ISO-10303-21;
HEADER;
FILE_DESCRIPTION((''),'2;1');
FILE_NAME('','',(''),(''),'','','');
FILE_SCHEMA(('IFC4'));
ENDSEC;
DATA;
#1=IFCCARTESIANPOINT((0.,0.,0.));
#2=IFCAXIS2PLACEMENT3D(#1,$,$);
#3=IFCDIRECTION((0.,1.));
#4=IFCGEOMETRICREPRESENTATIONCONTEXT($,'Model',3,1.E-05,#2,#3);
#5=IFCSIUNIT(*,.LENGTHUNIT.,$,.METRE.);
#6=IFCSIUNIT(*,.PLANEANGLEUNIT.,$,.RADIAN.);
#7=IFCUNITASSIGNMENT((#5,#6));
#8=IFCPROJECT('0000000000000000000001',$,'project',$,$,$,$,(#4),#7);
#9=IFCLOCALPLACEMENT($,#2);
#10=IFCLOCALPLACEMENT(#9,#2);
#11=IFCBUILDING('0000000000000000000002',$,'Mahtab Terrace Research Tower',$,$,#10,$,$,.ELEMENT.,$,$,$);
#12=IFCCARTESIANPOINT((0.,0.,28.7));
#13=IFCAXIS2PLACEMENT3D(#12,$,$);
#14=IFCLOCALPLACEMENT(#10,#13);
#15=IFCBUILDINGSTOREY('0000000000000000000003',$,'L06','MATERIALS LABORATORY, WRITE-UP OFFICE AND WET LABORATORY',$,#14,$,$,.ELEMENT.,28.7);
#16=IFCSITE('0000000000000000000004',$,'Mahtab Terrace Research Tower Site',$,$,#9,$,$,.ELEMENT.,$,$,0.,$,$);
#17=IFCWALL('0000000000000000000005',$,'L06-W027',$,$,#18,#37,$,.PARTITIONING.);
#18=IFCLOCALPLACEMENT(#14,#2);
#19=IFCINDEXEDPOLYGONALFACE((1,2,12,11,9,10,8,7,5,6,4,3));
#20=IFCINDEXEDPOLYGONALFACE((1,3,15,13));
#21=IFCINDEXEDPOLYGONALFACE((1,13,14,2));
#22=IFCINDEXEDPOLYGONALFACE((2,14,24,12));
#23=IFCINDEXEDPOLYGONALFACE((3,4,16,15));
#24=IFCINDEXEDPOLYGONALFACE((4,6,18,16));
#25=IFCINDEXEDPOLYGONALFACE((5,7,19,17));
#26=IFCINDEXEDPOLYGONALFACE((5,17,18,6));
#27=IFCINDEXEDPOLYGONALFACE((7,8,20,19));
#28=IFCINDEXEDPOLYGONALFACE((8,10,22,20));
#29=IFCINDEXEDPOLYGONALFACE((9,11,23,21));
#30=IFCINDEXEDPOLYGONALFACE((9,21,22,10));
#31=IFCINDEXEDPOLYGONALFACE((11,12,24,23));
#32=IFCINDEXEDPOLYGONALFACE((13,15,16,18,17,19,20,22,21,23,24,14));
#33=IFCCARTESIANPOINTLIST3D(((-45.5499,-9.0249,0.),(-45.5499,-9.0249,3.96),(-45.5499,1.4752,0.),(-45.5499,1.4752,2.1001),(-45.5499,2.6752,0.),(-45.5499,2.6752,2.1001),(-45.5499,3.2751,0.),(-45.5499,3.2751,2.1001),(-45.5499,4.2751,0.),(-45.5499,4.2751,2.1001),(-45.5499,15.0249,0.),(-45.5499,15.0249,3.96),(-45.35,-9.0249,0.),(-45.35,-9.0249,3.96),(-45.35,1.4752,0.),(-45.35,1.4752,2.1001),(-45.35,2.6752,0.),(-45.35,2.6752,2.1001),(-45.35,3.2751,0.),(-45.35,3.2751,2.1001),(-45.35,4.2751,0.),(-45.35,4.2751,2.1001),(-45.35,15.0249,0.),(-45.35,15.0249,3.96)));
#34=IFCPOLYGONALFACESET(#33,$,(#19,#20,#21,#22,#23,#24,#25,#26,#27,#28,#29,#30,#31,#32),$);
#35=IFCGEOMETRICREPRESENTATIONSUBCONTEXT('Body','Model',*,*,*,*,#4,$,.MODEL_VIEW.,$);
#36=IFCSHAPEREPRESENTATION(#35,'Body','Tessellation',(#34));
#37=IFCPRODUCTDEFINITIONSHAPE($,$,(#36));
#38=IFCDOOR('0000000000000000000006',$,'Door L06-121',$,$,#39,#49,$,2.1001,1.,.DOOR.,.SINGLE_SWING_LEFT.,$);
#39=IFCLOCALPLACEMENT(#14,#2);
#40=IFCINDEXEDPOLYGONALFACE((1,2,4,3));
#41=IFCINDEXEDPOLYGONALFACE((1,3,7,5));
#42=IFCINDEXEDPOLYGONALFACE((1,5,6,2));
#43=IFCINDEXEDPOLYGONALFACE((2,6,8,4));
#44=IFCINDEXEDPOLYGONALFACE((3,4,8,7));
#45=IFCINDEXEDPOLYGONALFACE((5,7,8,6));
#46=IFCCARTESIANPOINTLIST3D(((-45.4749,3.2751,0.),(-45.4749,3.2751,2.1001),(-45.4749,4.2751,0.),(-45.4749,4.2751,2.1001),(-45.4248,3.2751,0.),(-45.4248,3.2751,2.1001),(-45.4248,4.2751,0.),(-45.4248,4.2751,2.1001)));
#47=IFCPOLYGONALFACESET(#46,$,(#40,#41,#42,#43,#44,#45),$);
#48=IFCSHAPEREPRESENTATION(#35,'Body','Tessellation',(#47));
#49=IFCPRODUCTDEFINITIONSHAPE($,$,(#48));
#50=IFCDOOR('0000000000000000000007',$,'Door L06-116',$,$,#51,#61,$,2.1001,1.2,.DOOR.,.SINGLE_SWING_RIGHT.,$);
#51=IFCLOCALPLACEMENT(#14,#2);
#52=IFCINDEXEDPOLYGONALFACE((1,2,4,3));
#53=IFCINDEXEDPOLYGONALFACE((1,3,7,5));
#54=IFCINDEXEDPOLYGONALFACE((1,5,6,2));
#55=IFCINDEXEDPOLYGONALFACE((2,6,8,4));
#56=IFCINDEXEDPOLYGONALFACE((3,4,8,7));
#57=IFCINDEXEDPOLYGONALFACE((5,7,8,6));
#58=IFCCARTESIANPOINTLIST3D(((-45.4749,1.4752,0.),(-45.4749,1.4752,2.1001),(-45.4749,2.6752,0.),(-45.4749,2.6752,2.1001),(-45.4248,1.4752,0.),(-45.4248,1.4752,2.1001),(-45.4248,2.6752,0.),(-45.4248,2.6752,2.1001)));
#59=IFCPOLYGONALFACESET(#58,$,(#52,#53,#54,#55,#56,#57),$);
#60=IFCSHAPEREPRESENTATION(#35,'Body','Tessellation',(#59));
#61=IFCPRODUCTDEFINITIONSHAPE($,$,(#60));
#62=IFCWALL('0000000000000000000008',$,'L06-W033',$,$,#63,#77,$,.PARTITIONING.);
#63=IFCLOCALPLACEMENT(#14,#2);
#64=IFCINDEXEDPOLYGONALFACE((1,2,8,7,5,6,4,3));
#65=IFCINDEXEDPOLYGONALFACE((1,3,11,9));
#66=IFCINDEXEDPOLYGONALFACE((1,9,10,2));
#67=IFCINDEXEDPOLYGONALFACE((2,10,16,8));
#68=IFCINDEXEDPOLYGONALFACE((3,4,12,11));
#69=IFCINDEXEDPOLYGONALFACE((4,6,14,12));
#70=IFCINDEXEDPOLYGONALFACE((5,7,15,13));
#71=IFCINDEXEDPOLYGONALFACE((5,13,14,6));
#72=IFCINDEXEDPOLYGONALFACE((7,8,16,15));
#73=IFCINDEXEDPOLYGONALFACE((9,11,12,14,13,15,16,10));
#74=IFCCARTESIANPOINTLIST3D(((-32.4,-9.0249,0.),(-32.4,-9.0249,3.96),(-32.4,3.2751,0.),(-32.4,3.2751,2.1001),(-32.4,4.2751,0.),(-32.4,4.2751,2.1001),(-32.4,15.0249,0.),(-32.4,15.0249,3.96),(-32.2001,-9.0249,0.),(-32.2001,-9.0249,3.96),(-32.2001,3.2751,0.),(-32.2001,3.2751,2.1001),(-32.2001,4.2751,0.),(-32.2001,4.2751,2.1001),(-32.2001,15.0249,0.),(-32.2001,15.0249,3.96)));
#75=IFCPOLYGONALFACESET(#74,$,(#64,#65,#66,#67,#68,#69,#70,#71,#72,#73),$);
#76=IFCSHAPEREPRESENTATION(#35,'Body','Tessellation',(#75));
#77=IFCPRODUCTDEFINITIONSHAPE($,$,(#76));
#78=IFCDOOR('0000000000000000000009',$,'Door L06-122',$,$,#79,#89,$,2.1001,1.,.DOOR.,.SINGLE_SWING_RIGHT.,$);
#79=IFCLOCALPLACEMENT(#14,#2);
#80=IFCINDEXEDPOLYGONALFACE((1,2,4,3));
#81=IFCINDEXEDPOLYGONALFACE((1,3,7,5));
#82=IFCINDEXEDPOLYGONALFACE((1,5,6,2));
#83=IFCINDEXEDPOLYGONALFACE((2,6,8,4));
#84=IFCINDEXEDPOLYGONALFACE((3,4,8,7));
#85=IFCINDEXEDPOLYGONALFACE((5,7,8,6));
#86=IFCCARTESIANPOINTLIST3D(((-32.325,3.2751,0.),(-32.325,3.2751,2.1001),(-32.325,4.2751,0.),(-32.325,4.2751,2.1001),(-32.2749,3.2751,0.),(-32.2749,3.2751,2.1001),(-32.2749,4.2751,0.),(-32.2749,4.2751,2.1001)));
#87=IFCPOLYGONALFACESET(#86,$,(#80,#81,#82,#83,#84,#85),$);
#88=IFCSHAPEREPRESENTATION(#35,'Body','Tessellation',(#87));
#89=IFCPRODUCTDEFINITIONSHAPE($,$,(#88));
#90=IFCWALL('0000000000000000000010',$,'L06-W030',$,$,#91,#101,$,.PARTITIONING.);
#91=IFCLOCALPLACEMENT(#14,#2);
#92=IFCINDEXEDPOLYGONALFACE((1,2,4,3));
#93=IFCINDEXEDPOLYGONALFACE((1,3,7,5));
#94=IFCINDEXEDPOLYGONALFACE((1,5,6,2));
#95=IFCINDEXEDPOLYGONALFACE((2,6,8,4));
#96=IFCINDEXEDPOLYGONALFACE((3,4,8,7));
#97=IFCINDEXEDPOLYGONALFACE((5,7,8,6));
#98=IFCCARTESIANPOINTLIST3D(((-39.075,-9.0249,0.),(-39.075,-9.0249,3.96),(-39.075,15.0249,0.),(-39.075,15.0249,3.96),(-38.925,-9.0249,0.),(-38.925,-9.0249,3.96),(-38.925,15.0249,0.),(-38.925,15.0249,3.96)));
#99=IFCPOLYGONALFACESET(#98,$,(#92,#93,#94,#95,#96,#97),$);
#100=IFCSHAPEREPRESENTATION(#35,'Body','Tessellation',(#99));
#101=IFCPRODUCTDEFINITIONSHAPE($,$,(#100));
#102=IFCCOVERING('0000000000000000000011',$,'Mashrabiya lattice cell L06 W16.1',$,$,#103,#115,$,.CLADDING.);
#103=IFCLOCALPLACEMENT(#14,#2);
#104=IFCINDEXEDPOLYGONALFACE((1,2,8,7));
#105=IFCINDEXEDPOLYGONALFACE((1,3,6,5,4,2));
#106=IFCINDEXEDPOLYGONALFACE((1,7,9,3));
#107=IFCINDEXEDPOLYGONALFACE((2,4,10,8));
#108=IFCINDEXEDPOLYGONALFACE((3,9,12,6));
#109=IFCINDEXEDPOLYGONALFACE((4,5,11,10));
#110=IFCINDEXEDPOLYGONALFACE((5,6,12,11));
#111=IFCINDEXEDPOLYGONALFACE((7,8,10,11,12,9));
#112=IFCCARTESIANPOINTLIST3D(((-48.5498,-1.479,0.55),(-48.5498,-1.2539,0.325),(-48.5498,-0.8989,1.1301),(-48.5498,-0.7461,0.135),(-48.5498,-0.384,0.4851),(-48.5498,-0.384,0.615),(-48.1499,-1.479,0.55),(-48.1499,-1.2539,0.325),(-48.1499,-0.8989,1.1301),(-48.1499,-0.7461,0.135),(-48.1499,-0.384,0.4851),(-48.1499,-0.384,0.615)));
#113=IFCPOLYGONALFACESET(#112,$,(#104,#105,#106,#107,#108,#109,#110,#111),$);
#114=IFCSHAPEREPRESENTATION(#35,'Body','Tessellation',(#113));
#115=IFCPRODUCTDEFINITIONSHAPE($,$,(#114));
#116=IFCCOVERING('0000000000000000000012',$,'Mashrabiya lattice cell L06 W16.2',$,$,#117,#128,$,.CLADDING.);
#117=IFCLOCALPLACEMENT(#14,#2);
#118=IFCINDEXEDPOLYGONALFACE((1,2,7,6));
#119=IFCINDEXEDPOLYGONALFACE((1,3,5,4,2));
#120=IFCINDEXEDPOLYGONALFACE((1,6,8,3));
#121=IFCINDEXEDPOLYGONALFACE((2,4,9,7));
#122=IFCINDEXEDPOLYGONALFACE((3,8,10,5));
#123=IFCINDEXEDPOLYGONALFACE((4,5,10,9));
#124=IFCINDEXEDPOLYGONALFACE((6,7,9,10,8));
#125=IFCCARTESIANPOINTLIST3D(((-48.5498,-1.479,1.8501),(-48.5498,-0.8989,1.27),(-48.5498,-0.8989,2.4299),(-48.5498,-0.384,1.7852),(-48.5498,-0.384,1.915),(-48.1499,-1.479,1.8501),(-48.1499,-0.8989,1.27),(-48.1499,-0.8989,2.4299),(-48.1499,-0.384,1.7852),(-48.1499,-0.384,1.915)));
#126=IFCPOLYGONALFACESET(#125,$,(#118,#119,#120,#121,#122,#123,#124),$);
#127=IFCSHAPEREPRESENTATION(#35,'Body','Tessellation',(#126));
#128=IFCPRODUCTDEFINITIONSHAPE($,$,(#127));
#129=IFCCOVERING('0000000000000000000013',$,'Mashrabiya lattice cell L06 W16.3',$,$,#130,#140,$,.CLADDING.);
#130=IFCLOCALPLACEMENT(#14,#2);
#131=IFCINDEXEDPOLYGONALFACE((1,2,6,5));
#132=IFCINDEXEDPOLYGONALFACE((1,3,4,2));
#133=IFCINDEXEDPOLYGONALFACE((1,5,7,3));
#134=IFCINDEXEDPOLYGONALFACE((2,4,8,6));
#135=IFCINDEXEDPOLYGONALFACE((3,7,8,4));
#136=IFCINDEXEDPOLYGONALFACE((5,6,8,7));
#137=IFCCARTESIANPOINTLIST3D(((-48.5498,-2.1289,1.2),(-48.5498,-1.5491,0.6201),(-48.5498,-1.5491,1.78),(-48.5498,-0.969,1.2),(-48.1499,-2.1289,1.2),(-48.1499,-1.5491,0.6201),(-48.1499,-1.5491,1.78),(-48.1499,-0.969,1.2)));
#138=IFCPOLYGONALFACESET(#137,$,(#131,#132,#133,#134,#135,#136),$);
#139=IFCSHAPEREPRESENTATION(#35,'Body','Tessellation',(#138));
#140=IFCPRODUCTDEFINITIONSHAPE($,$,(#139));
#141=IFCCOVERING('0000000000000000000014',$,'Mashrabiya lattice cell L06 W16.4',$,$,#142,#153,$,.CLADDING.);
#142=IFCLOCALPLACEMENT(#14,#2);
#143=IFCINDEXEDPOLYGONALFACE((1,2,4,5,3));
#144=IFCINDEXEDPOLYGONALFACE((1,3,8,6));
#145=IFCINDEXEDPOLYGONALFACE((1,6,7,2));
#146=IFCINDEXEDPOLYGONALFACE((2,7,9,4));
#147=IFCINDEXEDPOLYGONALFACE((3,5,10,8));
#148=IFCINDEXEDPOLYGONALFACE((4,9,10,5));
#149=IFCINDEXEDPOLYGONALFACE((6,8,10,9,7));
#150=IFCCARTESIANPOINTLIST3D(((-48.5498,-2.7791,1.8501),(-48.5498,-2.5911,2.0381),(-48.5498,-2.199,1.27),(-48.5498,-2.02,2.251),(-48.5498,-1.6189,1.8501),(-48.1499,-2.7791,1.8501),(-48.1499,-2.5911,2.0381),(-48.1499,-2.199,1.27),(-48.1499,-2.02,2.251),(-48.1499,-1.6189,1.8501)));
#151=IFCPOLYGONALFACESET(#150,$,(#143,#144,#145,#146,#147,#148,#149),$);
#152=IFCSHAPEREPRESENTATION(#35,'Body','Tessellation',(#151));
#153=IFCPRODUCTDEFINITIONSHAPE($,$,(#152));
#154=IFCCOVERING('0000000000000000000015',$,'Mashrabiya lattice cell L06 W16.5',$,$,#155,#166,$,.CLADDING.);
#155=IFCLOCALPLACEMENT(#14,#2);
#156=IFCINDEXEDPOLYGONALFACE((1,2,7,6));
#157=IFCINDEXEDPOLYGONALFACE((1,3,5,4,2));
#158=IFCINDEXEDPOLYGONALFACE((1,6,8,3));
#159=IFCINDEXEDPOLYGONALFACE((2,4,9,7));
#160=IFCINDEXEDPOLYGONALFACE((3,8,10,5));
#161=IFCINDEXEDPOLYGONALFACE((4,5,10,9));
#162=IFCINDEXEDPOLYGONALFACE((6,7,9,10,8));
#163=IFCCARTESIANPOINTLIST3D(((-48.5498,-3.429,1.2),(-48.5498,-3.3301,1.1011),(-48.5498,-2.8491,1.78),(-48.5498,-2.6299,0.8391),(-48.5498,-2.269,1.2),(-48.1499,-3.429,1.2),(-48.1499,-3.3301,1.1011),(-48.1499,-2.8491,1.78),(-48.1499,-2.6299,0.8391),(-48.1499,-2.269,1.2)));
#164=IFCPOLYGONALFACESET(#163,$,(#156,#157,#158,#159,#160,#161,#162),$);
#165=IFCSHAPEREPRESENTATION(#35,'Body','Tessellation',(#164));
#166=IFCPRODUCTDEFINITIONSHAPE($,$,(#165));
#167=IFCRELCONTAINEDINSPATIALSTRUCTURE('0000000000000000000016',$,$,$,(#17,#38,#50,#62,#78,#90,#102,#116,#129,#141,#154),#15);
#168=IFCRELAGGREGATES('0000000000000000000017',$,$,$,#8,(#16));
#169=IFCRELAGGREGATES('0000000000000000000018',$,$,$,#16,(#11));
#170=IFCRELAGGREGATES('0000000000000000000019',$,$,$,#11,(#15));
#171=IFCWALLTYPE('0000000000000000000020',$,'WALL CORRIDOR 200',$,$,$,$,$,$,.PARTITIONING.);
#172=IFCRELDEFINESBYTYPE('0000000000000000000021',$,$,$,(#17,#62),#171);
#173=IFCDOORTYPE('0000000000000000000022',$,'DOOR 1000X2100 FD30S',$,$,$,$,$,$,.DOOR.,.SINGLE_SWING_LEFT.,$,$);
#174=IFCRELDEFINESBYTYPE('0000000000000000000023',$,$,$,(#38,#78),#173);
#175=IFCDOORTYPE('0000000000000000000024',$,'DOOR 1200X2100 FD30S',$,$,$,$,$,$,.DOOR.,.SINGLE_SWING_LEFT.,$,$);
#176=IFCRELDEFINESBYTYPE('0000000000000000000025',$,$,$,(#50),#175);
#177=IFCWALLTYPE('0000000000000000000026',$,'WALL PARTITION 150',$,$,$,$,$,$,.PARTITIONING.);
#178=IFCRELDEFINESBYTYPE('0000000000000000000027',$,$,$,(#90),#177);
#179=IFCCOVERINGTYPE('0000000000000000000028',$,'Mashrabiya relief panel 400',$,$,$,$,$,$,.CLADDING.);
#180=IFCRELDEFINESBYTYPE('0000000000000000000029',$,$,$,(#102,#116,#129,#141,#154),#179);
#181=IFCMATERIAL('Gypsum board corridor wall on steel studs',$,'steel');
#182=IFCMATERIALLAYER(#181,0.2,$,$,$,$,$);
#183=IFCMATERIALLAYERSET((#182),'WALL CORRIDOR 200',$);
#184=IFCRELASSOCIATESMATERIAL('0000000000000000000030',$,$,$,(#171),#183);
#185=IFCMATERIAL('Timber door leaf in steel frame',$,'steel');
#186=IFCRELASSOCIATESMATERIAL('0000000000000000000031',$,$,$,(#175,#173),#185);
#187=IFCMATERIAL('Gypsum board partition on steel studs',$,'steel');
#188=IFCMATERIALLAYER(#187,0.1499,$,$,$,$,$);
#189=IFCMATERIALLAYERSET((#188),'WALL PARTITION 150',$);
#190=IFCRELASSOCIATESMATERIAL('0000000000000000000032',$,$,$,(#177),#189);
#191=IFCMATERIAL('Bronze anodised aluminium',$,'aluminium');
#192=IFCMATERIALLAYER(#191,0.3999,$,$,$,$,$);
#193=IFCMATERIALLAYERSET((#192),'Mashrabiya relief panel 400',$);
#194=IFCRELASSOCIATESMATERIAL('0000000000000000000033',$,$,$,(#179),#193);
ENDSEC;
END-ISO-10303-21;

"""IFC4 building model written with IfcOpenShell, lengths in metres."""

from ifc_helpers import new_model, si_unit, direction, frame, frame_2d, origin, place, context, subcontext, project, spatial, polyline, rectangle, outline, extrude, material, layer, layer_set, type_object, element, fill, save


model = new_model("IFC4")

# Units and contexts
model_context = context("Model", 3, precision=1e-05, world=origin(), true_north=direction((0.0, 1.0)))
body_context = subcontext(model_context, "Body", "Model", "MODEL_VIEW")
ifc_project = project(units=[si_unit("LENGTHUNIT", "METRE"), si_unit("PLANEANGLEUNIT", "RADIAN")], contexts=[model_context])

# Site, building, storey
site_placement = place(None, origin())
site = spatial("IfcSite", under=ifc_project, at=site_placement, Name="Mahtab Terrace Research Tower Site", CompositionType="ELEMENT", RefElevation=0.0)
building_placement = place(site_placement, origin())
building = spatial("IfcBuilding", under=site, at=building_placement, Name="Mahtab Terrace Research Tower", CompositionType="ELEMENT")
storey_placement = place(building_placement, frame((0.0, 0.0, 28.7)))
storey = spatial("IfcBuildingStorey", under=building, at=storey_placement, Name="L06", Description="MATERIALS LABORATORY, WRITE-UP OFFICE AND WET LABORATORY", CompositionType="ELEMENT", Elevation=28.7)

# Shared definitions
ifc_material_1 = material(Name="Gypsum board corridor wall on steel studs", Category="steel")
ifc_layer_1 = layer(ifc_material_1, 0.2)
ifc_layer_set_1 = layer_set([ifc_layer_1], Name="WALL CORRIDOR 200")
wall_type_1 = type_object("IfcWallType", Name="WALL CORRIDOR 200", PredefinedType="PARTITIONING", material=ifc_layer_set_1)
ifc_material_2 = material(Name="Timber door leaf in steel frame", Category="steel")
door_type_1 = type_object("IfcDoorType", Name="DOOR 1200X2100 FD30S", OperationType="SINGLE_SWING_LEFT", PredefinedType="DOOR", material=ifc_material_2)

# Wall, openings, doors
wall_1_placement = place(storey_placement, frame((-45.45, -9.0249, 0.0), z_axis=(0.0, 0.0, 1.0), x_axis=(0.0, 1.0, 0.0)))
wall_1 = element("IfcWall", 1, at=wall_1_placement, inside=storey, type_object=wall_type_1, Name="L06-W027", PredefinedType="PARTITIONING", context=body_context, shape_type="SweptSolid", body=[
    extrude(rectangle(XDim=24.0498, YDim=0.2, at=frame_2d((12.0249, 0.0))), origin(), (0.0, 0.0, 1.0), 3.96),
])
opening_1_placement = place(wall_1_placement, frame((10.5, 0.0, 0.0)))
opening_1 = element("IfcOpeningElement", 2, at=opening_1_placement, cuts=wall_1, PredefinedType="OPENING", context=body_context, shape_type="SweptSolid", body=[
    extrude(rectangle(XDim=1.2, YDim=2.1001, at=frame_2d((0.6001, 1.05))), frame((0.0, 0.1099, 0.0), z_axis=(0.0, -1.0, 0.0), x_axis=(1.0, 0.0, 0.0)), (0.0, 0.0, 1.0), 0.22),
])
opening_2_placement = place(wall_1_placement, frame((12.3, 0.0, 0.0)))
opening_2 = element("IfcOpeningElement", 3, at=opening_2_placement, cuts=wall_1, PredefinedType="OPENING", context=body_context, shape_type="SweptSolid", body=[
    extrude(rectangle(XDim=1.0, YDim=2.1001, at=frame_2d((0.5, 1.05))), frame((0.0, 0.1099, 0.0), z_axis=(0.0, -1.0, 0.0), x_axis=(1.0, 0.0, 0.0)), (0.0, 0.0, 1.0), 0.22),
])
door_type_2 = type_object("IfcDoorType", Name="DOOR 1000X2100 FD30S", OperationType="SINGLE_SWING_LEFT", PredefinedType="DOOR", material=ifc_material_2)
door_1_placement = place(opening_2_placement, origin())
door_1 = element("IfcDoor", 4, at=door_1_placement, inside=storey, type_object=door_type_2, Name="Door L06-121", OperationType="SINGLE_SWING_LEFT", OverallHeight=2.1001, OverallWidth=1.0, PredefinedType="DOOR", context=body_context, shape_type="SweptSolid", body=[
    extrude(rectangle(XDim=1.0, YDim=2.1001, at=frame_2d((0.5, 1.05))), frame((0.0, 0.0249, 0.0), z_axis=(0.0, -1.0, 0.0), x_axis=(1.0, 0.0, 0.0)), (0.0, 0.0, 1.0), 0.05),
])
fill(opening_2, door_1)
door_2_placement = place(opening_1_placement, origin())
door_2 = element("IfcDoor", 5, at=door_2_placement, inside=storey, type_object=door_type_1, Name="Door L06-116", OperationType="SINGLE_SWING_RIGHT", OverallHeight=2.1001, OverallWidth=1.2, PredefinedType="DOOR", context=body_context, shape_type="SweptSolid", body=[
    extrude(rectangle(XDim=1.2, YDim=2.1001, at=frame_2d((0.6001, 1.05))), frame((0.0, 0.0249, 0.0), z_axis=(0.0, -1.0, 0.0), x_axis=(1.0, 0.0, 0.0)), (0.0, 0.0, 1.0), 0.05),
])
fill(opening_1, door_2)

# Wall, opening, door
wall_2_placement = place(storey_placement, frame((-32.3, -9.0249, 0.0), z_axis=(0.0, 0.0, 1.0), x_axis=(0.0, 1.0, 0.0)))
wall_2 = element("IfcWall", 6, at=wall_2_placement, inside=storey, type_object=wall_type_1, Name="L06-W033", PredefinedType="PARTITIONING", context=body_context, shape_type="SweptSolid", body=[
    extrude(rectangle(XDim=24.0498, YDim=0.2, at=frame_2d((12.0249, 0.0))), origin(), (0.0, 0.0, 1.0), 3.96),
])
opening_3_placement = place(wall_2_placement, frame((12.3, 0.0, 0.0)))
opening_3 = element("IfcOpeningElement", 7, at=opening_3_placement, cuts=wall_2, PredefinedType="OPENING", context=body_context, shape_type="SweptSolid", body=[
    extrude(rectangle(XDim=1.0, YDim=2.1001, at=frame_2d((0.5, 1.05))), frame((0.0, 0.1099, 0.0), z_axis=(0.0, -1.0, 0.0), x_axis=(1.0, 0.0, 0.0)), (0.0, 0.0, 1.0), 0.22),
])
door_3_placement = place(opening_3_placement, origin())
door_3 = element("IfcDoor", 8, at=door_3_placement, inside=storey, type_object=door_type_2, Name="Door L06-122", OperationType="SINGLE_SWING_RIGHT", OverallHeight=2.1001, OverallWidth=1.0, PredefinedType="DOOR", context=body_context, shape_type="SweptSolid", body=[
    extrude(rectangle(XDim=1.0, YDim=2.1001, at=frame_2d((0.5, 1.05))), frame((0.0, 0.0249, 0.0), z_axis=(0.0, -1.0, 0.0), x_axis=(1.0, 0.0, 0.0)), (0.0, 0.0, 1.0), 0.05),
])
fill(opening_3, door_3)

# Wall
ifc_material_3 = material(Name="Gypsum board partition on steel studs", Category="steel")
ifc_layer_2 = layer(ifc_material_3, 0.1499)
ifc_layer_set_2 = layer_set([ifc_layer_2], Name="WALL PARTITION 150")
wall_type_2 = type_object("IfcWallType", Name="WALL PARTITION 150", PredefinedType="PARTITIONING", material=ifc_layer_set_2)
wall_3_placement = place(storey_placement, frame((-39.0, -9.0249, 0.0), z_axis=(0.0, 0.0, 1.0), x_axis=(0.0, 1.0, 0.0)))
element("IfcWall", 9, at=wall_3_placement, inside=storey, type_object=wall_type_2, Name="L06-W030", PredefinedType="PARTITIONING", context=body_context, shape_type="SweptSolid", body=[
    extrude(rectangle(XDim=24.0498, YDim=0.1499, at=frame_2d((12.0249, 0.0))), origin(), (0.0, 0.0, 1.0), 3.96),
])

# Coverings
ifc_material_4 = material(Name="Bronze anodised aluminium", Category="aluminium")
ifc_layer_3 = layer(ifc_material_4, 0.3999)
ifc_layer_set_3 = layer_set([ifc_layer_3], Name="Mashrabiya relief panel 400")
covering_type = type_object("IfcCoveringType", Name="Mashrabiya relief panel 400", PredefinedType="CLADDING", material=ifc_layer_set_3)
covering_1_placement = place(storey_placement, frame((-48.1499, -0.384, 0.4851), z_axis=(1.0, 0.0, 0.0), x_axis=(0.0, 0.0, 1.0)))
element("IfcCovering", 10, at=covering_1_placement, inside=storey, type_object=covering_type, Name="Mashrabiya lattice cell L06 W16.1", PredefinedType="CLADDING", context=body_context, shape_type="SweptSolid", body=[
    extrude(outline(polyline([(0.0, 0.0), (0.1299, 0.0), (0.645, 0.5149), (0.0649, 1.095), (-0.1602, 0.8699), (-0.3501, 0.3621), (0.0, 0.0)])), origin(), (0.0, 0.0, -1.0), 0.3999),
])
covering_2_placement = place(storey_placement, frame((-48.1499, -0.8989, 2.4299), z_axis=(1.0, 0.0, 0.0), x_axis=(0.0, -0.707256, -0.706958)))
element("IfcCovering", 11, at=covering_2_placement, inside=storey, type_object=covering_type, Name="Mashrabiya lattice cell L06 W16.2", PredefinedType="CLADDING", context=body_context, shape_type="SweptSolid", body=[
    extrude(outline(polyline([(0.0, 0.0), (0.8202, 0.0), (0.82, 0.8204), (0.0917, 0.82), (-0.0002, 0.7282), (0.0, 0.0)])), origin(), (0.0, 0.0, -1.0), 0.3999),
])
covering_3_placement = place(storey_placement, frame((-48.1499, -1.5491, 1.78), z_axis=(1.0, 0.0, 0.0), x_axis=(0.0, -0.706958, -0.707256)))
element("IfcCovering", 12, at=covering_3_placement, inside=storey, type_object=covering_type, Name="Mashrabiya lattice cell L06 W16.3", PredefinedType="CLADDING", context=body_context, shape_type="SweptSolid", body=[
    extrude(outline(polyline([(0.0, 0.0), (0.8202, 0.0), (0.8204, 0.82), (0.0002, 0.8204), (0.0, 0.0)])), origin(), (0.0, 0.0, -1.0), 0.3999),
])
covering_4_placement = place(storey_placement, frame((-48.1499, -2.7791, 1.8501), z_axis=(1.0, 0.0, 0.0), x_axis=(0.0, 0.707107, -0.707107)))
element("IfcCovering", 13, at=covering_4_placement, inside=storey, type_object=covering_type, Name="Mashrabiya lattice cell L06 W16.4", PredefinedType="CLADDING", context=body_context, shape_type="SweptSolid", body=[
    extrude(outline(polyline([(0.0, 0.0), (0.8204, 0.0), (0.8204, 0.8204), (0.2533, 0.8202), (0.0, 0.2659), (0.0, 0.0)])), origin(), (0.0, 0.0, -1.0), 0.3999),
])
covering_5_placement = place(storey_placement, frame((-48.1499, -2.269, 1.2), z_axis=(1.0, 0.0, 0.0), x_axis=(0.0, -0.707107, 0.707107)))
element("IfcCovering", 14, at=covering_5_placement, inside=storey, type_object=covering_type, Name="Mashrabiya lattice cell L06 W16.5", PredefinedType="CLADDING", context=body_context, shape_type="SweptSolid", body=[
    extrude(outline(polyline([(0.0, 0.0), (0.8204, 0.0), (0.8202, 0.8202), (0.6803, 0.8202), (0.0, 0.5103), (0.0, 0.0)])), origin(), (0.0, 0.0, -1.0), 0.3999),
])

save(model, "model.ifc")
